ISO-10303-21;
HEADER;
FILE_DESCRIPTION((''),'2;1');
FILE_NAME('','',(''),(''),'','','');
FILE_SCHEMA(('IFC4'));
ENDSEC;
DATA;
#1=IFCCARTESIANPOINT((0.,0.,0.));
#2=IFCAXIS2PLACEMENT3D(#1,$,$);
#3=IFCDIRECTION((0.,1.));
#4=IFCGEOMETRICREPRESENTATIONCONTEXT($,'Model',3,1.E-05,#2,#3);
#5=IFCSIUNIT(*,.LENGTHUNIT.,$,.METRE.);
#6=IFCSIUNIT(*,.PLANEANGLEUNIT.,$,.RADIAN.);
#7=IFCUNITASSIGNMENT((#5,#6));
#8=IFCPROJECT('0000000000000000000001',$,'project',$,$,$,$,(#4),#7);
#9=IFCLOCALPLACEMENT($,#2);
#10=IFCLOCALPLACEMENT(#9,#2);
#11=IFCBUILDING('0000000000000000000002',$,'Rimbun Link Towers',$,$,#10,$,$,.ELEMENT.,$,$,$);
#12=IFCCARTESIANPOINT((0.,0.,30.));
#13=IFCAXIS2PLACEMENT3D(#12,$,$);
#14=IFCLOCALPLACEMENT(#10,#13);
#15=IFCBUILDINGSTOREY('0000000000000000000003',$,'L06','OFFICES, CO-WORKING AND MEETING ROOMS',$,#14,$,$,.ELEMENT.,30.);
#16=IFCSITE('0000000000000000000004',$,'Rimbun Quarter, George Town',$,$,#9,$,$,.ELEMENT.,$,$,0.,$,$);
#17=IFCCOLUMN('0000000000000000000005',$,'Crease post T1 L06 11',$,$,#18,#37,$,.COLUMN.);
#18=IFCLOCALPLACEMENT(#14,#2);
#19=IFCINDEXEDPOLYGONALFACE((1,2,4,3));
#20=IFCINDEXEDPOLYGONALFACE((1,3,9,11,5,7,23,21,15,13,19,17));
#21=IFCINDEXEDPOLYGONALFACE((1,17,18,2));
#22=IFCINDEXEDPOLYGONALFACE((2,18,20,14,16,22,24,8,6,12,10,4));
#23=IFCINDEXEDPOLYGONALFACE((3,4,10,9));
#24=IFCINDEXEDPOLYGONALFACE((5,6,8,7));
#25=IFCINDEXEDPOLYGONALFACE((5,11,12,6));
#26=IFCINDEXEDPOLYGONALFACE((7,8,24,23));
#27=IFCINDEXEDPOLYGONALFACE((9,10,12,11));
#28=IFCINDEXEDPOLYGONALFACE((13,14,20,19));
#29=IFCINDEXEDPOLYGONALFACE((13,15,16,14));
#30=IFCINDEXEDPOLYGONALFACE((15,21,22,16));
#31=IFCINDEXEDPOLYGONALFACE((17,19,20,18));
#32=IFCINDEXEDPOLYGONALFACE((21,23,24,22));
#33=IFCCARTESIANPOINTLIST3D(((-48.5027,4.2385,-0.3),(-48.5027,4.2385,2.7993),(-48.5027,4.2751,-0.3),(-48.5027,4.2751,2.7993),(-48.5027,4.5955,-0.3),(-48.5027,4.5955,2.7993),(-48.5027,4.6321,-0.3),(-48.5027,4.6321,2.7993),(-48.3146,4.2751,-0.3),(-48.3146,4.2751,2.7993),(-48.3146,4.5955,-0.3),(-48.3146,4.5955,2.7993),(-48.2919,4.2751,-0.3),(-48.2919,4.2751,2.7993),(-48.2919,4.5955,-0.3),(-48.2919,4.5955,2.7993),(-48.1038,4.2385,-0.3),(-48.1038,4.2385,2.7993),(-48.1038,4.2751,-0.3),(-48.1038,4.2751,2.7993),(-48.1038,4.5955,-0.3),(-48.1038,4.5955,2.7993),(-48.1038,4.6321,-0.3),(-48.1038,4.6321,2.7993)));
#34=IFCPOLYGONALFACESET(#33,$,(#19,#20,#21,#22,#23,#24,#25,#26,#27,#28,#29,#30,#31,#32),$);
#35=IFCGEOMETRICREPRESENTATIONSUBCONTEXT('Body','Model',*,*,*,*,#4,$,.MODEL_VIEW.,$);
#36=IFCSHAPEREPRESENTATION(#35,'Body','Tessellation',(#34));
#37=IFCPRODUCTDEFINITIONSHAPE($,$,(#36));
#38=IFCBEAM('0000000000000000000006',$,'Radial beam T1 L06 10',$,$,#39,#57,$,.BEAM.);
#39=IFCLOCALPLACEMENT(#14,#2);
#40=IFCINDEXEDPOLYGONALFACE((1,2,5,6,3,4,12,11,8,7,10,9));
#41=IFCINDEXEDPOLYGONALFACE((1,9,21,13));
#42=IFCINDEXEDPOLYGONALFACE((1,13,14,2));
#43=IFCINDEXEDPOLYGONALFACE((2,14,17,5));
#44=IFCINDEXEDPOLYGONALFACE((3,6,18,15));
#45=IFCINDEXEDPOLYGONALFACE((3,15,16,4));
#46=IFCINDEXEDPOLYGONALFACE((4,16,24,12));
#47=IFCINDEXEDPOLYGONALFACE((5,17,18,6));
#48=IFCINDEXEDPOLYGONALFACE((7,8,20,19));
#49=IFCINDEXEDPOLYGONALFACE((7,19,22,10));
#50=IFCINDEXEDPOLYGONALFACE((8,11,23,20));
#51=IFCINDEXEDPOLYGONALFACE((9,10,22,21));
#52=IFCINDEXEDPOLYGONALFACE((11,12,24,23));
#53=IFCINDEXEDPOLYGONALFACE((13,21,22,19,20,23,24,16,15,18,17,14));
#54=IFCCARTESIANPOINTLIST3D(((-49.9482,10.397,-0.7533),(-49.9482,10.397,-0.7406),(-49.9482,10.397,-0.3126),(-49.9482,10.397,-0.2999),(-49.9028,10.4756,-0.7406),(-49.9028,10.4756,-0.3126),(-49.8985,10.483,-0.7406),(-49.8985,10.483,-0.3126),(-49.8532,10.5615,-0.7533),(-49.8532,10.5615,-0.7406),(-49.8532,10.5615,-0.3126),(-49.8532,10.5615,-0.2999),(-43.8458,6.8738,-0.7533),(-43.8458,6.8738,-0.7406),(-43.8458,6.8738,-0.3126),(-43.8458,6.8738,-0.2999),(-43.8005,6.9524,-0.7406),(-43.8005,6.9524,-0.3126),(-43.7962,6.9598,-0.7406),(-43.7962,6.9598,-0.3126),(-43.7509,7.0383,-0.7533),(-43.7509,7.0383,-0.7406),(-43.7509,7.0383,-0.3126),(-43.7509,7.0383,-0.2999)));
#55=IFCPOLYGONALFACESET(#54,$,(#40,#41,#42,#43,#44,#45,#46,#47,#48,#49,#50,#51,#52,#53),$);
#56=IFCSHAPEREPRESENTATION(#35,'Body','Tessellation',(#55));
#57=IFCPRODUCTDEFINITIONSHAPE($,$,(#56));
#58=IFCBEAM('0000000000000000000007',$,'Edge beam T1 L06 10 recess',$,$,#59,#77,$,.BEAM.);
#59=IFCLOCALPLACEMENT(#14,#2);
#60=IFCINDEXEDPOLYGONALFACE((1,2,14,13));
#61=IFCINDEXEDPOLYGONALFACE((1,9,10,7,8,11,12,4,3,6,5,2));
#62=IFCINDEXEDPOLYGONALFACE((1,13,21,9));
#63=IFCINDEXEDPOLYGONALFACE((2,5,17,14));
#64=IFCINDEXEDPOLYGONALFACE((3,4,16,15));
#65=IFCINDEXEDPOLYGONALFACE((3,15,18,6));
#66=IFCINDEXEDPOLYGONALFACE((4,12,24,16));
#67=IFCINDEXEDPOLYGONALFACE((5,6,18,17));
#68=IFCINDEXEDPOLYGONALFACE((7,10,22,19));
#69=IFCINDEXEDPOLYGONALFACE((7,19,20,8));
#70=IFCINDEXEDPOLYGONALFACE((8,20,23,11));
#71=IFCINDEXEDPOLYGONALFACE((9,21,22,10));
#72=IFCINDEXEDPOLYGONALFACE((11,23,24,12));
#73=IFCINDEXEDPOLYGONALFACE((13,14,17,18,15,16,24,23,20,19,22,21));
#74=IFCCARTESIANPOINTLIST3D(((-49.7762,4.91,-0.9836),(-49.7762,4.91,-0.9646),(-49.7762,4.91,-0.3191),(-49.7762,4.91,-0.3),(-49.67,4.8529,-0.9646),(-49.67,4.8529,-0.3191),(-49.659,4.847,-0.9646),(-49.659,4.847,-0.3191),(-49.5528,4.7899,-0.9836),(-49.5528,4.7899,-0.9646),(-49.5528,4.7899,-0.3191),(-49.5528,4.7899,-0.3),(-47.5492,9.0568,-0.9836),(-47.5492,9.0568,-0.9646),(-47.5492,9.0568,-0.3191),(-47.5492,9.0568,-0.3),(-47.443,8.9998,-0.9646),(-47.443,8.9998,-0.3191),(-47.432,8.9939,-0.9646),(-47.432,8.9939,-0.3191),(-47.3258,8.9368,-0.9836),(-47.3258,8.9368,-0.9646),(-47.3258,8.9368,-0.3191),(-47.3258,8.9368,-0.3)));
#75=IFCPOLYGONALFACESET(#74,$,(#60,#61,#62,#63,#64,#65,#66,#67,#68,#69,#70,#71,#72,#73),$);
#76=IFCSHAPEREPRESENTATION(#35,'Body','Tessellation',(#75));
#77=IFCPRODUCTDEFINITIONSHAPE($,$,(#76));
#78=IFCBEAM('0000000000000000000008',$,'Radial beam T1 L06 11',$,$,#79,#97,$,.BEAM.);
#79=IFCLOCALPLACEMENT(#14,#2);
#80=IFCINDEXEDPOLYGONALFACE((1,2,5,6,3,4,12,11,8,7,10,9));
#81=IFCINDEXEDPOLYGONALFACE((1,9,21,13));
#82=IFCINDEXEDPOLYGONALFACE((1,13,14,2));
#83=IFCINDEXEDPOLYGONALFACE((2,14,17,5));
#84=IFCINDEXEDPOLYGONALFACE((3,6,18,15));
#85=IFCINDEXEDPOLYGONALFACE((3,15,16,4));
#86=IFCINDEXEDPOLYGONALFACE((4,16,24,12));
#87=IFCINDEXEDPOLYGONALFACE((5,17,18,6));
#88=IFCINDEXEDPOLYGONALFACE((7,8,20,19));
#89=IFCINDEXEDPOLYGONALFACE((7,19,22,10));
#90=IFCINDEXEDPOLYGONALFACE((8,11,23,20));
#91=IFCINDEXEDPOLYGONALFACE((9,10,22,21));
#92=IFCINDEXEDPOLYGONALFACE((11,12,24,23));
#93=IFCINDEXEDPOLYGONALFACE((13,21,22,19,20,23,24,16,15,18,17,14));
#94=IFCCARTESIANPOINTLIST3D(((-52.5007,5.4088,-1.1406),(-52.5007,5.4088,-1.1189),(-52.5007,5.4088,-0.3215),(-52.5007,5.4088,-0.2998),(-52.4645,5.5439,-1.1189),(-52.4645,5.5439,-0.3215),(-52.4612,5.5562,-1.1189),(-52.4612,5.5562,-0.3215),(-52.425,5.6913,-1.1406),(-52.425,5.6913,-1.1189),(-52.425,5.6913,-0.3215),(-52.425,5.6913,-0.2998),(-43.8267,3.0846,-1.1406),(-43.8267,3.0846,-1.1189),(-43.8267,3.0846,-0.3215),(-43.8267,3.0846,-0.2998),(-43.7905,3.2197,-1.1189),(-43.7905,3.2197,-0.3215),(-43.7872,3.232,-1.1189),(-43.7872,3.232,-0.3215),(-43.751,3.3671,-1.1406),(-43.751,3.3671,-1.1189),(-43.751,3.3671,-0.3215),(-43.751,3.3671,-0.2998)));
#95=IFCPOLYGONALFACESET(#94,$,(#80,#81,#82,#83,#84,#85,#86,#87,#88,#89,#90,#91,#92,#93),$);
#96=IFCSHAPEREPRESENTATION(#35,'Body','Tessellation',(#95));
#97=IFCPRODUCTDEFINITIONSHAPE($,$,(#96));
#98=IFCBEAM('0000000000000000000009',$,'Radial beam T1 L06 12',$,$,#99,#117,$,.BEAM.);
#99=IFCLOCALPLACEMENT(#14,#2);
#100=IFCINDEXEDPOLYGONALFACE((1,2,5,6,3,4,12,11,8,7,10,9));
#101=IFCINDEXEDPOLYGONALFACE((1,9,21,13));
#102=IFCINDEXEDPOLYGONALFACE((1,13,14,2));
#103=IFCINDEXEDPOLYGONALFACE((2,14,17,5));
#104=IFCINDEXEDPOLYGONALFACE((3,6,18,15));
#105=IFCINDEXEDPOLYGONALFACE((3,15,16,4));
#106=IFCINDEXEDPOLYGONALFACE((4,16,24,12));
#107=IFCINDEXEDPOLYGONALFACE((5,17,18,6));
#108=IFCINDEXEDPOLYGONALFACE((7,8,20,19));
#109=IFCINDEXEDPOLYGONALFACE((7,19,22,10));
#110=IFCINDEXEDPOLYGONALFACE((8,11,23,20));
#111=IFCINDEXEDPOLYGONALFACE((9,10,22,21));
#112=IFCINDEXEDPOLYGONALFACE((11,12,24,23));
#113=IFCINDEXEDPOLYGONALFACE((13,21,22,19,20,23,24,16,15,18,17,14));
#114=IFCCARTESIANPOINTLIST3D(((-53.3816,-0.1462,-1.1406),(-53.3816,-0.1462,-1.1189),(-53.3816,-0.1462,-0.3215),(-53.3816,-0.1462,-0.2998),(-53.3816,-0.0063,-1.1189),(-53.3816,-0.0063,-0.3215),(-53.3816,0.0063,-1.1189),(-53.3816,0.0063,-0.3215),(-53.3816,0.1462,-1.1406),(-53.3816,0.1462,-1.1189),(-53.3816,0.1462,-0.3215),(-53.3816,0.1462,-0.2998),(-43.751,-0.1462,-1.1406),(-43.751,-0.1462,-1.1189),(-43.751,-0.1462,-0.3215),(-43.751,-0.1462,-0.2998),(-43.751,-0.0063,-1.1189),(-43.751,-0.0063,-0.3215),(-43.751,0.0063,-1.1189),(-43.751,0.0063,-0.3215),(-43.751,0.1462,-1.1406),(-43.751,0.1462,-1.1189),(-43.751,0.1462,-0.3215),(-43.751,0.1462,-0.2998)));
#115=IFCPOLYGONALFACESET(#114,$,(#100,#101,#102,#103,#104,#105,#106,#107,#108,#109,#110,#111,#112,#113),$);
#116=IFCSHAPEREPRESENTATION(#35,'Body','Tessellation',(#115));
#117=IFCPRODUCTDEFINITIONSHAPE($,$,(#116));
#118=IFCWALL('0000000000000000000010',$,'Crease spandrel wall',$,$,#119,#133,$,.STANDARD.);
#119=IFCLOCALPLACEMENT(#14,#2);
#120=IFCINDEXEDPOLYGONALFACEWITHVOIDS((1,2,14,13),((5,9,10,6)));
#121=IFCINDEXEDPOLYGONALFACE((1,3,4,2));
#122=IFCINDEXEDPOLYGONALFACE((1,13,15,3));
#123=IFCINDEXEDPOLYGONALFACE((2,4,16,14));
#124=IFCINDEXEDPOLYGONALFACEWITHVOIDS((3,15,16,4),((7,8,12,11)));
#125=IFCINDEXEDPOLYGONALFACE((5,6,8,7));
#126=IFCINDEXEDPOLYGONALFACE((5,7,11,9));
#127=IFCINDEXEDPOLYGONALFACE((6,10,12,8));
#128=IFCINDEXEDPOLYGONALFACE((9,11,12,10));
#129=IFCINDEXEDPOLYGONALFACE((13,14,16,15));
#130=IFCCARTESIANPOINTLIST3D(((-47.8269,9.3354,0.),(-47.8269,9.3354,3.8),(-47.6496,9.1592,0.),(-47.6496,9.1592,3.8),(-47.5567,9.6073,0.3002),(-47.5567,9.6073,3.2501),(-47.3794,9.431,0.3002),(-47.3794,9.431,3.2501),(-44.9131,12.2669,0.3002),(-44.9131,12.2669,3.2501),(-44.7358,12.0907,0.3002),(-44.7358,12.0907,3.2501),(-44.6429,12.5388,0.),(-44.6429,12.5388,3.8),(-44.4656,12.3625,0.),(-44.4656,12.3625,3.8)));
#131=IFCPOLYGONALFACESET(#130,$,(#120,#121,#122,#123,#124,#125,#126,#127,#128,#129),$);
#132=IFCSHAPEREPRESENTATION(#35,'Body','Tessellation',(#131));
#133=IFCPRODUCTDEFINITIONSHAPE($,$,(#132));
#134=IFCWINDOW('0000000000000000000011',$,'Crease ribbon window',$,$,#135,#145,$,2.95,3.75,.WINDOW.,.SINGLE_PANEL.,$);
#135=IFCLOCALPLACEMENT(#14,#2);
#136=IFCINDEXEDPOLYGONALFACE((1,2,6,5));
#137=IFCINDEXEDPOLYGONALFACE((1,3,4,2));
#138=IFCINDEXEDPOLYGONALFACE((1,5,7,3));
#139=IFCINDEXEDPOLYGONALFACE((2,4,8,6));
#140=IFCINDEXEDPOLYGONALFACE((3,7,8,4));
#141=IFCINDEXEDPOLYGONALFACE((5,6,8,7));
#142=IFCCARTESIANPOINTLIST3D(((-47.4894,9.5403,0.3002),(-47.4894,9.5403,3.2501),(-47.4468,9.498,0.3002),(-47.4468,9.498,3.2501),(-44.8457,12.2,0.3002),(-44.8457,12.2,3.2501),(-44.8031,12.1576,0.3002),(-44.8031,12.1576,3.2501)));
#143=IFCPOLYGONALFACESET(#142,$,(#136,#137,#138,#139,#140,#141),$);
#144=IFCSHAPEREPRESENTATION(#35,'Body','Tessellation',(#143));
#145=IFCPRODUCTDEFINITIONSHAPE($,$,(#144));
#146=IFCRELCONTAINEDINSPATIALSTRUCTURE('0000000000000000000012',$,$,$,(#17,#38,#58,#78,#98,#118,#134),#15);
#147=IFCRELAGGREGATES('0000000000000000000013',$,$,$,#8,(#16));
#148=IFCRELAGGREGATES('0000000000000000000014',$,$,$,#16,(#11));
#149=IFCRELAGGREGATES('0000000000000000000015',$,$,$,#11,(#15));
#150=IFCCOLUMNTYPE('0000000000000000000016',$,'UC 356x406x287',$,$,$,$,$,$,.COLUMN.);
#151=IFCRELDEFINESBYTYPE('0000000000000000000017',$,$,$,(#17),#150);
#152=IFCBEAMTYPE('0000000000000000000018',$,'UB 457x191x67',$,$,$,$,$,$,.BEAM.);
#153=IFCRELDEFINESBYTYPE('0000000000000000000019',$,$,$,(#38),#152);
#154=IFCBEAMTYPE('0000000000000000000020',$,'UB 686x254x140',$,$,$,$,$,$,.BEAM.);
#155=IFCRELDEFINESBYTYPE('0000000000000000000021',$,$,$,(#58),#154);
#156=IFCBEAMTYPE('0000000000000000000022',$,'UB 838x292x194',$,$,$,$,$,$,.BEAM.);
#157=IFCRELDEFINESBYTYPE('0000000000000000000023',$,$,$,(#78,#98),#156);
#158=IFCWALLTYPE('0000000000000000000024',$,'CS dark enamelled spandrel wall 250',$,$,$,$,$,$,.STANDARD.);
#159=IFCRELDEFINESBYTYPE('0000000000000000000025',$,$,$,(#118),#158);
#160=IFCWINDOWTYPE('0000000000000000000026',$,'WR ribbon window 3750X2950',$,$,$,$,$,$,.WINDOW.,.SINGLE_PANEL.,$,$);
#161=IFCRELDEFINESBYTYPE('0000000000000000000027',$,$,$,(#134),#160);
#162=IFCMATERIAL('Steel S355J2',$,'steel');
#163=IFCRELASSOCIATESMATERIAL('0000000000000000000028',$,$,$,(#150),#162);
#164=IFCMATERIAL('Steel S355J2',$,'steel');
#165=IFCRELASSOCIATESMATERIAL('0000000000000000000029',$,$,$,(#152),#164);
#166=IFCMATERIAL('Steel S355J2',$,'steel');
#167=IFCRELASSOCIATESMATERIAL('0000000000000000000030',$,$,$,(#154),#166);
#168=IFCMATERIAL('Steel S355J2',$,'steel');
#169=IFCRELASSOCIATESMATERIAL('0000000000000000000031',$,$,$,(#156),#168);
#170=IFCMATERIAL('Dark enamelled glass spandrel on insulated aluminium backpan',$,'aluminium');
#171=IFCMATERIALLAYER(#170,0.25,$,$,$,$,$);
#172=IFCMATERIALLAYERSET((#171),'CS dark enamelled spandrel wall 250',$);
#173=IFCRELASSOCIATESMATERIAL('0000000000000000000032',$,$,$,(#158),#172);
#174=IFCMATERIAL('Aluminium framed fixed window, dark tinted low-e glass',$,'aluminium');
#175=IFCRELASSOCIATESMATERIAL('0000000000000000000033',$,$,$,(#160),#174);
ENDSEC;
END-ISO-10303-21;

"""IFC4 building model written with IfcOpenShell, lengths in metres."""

from ifc_helpers import new_model, si_unit, direction, frame, frame_2d, origin, origin_2d, place, context, subcontext, project, spatial, rectangle, i_section, extrude, material, layer, layer_set, material_profile, profile_set, type_object, element, fill, save


model = new_model("IFC4")

# Units and contexts
model_context = context("Model", 3, precision=1e-05, world=origin(), true_north=direction((0.0, 1.0)))
body_context = subcontext(model_context, "Body", "Model", "MODEL_VIEW")
ifc_project = project(units=[si_unit("LENGTHUNIT", "METRE"), si_unit("PLANEANGLEUNIT", "RADIAN")], contexts=[model_context])

# Site, building, storey
site_placement = place(None, origin())
site = spatial("IfcSite", under=ifc_project, at=site_placement, Name="Rimbun Quarter, George Town", CompositionType="ELEMENT", RefElevation=0.0)
building_placement = place(site_placement, origin())
building = spatial("IfcBuilding", under=site, at=building_placement, Name="Rimbun Link Towers", CompositionType="ELEMENT")
storey_placement = place(building_placement, frame((0.0, 0.0, 30.0)))
storey = spatial("IfcBuildingStorey", under=building, at=storey_placement, Name="L06", Description="OFFICES, CO-WORKING AND MEETING ROOMS", CompositionType="ELEMENT", Elevation=30.0)

# Column
ifc_material_1 = material(Name="Steel S355J2", Category="steel")
ifc_material_profile_1 = material_profile(ifc_material_1, i_section(OverallWidth=0.3989, OverallDepth=0.3936, WebThickness=0.0227, FlangeThickness=0.0366, at=origin_2d()), Name="UC 356x406x287")
ifc_profile_set_1 = profile_set([ifc_material_profile_1], Name="Steel S355J2")
column_type = type_object("IfcColumnType", Name="UC 356x406x287", PredefinedType="COLUMN", material=ifc_profile_set_1)
column_placement = place(storey_placement, frame((-48.3032, 4.4353, -0.3), z_axis=(0.0, 0.0, 1.0), x_axis=(1.0, 0.0, 0.0)))
element("IfcColumn", 1, at=column_placement, inside=storey, type_object=column_type, Name="Crease post T1 L06 11", PredefinedType="COLUMN", context=body_context, shape_type="SweptSolid", body=[
    extrude(i_section(OverallWidth=0.3989, OverallDepth=0.3936, WebThickness=0.0227, FlangeThickness=0.0366, at=origin_2d()), origin(), (0.0, 0.0, 1.0), 3.0994),
])

# Beams
ifc_material_2 = material(Name="Steel S355J2", Category="steel")
ifc_material_profile_2 = material_profile(ifc_material_2, i_section(OverallWidth=0.1899, OverallDepth=0.4534, WebThickness=0.0085, FlangeThickness=0.0127, at=origin_2d()), Name="UB 457x191x67")
ifc_profile_set_2 = profile_set([ifc_material_profile_2], Name="Steel S355J2")
beam_type_1 = type_object("IfcBeamType", Name="UB 457x191x67", PredefinedType="BEAM", material=ifc_profile_set_2)
beam_1_placement = place(storey_placement, frame((-43.7983, 6.9561, -0.5266), z_axis=(-0.866023, 0.500003, 0.0), x_axis=(-0.500003, -0.866023, 0.0)))
element("IfcBeam", 2, at=beam_1_placement, inside=storey, type_object=beam_type_1, Name="Radial beam T1 L06 10", PredefinedType="BEAM", context=body_context, shape_type="SweptSolid", body=[
    extrude(i_section(OverallWidth=0.1899, OverallDepth=0.4534, WebThickness=0.0085, FlangeThickness=0.0127, at=origin_2d()), origin(), (0.0, 0.0, 1.0), 7.0464),
])
ifc_material_3 = material(Name="Steel S355J2", Category="steel")
ifc_material_profile_3 = material_profile(ifc_material_3, i_section(OverallWidth=0.2537, OverallDepth=0.6836, WebThickness=0.0125, FlangeThickness=0.019, at=origin_2d()), Name="UB 686x254x140")
ifc_profile_set_3 = profile_set([ifc_material_profile_3], Name="Steel S355J2")
beam_type_2 = type_object("IfcBeamType", Name="UB 686x254x140", PredefinedType="BEAM", material=ifc_profile_set_3)
beam_2_placement = place(storey_placement, frame((-47.4375, 8.9968, -0.6418), z_axis=(-0.473122, -0.880997, 0.0), x_axis=(0.880997, -0.473122, 0.0)))
element("IfcBeam", 3, at=beam_2_placement, inside=storey, type_object=beam_type_2, Name="Edge beam T1 L06 10 recess", PredefinedType="BEAM", context=body_context, shape_type="SweptSolid", body=[
    extrude(i_section(OverallWidth=0.2537, OverallDepth=0.6836, WebThickness=0.0125, FlangeThickness=0.019, at=origin_2d()), origin(), (0.0, 0.0, 1.0), 4.707),
])
ifc_material_4 = material(Name="Steel S355J2", Category="steel")
ifc_material_profile_4 = material_profile(ifc_material_4, i_section(OverallWidth=0.2925, OverallDepth=0.8408, WebThickness=0.0127, FlangeThickness=0.0217, at=origin_2d()), Name="UB 838x292x194")
ifc_profile_set_4 = profile_set([ifc_material_profile_4], Name="Steel S355J2")
beam_type_3 = type_object("IfcBeamType", Name="UB 838x292x194", PredefinedType="BEAM", material=ifc_profile_set_4)
beam_3_placement = place(storey_placement, frame((-43.7888, 3.2258, -0.7202), z_axis=(-0.965926, 0.25882, 0.0), x_axis=(-0.25882, -0.965926, 0.0)))
element("IfcBeam", 4, at=beam_3_placement, inside=storey, type_object=beam_type_3, Name="Radial beam T1 L06 11", PredefinedType="BEAM", context=body_context, shape_type="SweptSolid", body=[
    extrude(i_section(OverallWidth=0.2925, OverallDepth=0.8408, WebThickness=0.0127, FlangeThickness=0.0217, at=origin_2d()), origin(), (0.0, 0.0, 1.0), 8.98),
])
beam_4_placement = place(storey_placement, frame((-43.751, 0.0, -0.7202), z_axis=(-1.0, 0.0, 0.0), x_axis=(0.0, -1.0, 0.0)))
element("IfcBeam", 5, at=beam_4_placement, inside=storey, type_object=beam_type_3, Name="Radial beam T1 L06 12", PredefinedType="BEAM", context=body_context, shape_type="SweptSolid", body=[
    extrude(i_section(OverallWidth=0.2925, OverallDepth=0.8408, WebThickness=0.0127, FlangeThickness=0.0217, at=origin_2d()), origin(), (0.0, 0.0, 1.0), 9.6306),
])

# Wall, opening, window
ifc_material_5 = material(Name="Dark enamelled glass spandrel on insulated aluminium backpan", Category="aluminium")
ifc_layer_1 = layer(ifc_material_5, 0.25)
ifc_layer_set_1 = layer_set([ifc_layer_1], Name="CS dark enamelled spandrel wall 250")
wall_type_1 = type_object("IfcWallType", Name="CS dark enamelled spandrel wall 250", PredefinedType="STANDARD", material=ifc_layer_set_1)
wall_1_placement = place(storey_placement, frame((-47.7383, 9.2473, 0.0), z_axis=(0.0, 0.0, 1.0), x_axis=(0.704968, 0.709239, 0.0)))
wall_1 = element("IfcWall", 6, at=wall_1_placement, inside=storey, type_object=wall_type_1, Name="Crease spandrel wall", PredefinedType="STANDARD", context=body_context, shape_type="SweptSolid", body=[
    extrude(rectangle(XDim=4.5166, YDim=0.25, at=frame_2d((2.2583, 0.0))), origin(), (0.0, 0.0, 1.0), 3.8),
])
opening_1_placement = place(wall_1_placement, frame((0.3833, 0.0, 0.3)))
opening_1 = element("IfcOpeningElement", 7, at=opening_1_placement, cuts=wall_1, PredefinedType="OPENING", context=body_context, shape_type="SweptSolid", body=[
    extrude(rectangle(XDim=3.75, YDim=2.95, at=frame_2d((1.875, 1.4751))), frame((0.0, 0.135, 0.0), z_axis=(0.0, -1.0, 0.0), x_axis=(1.0, 0.0, 0.0)), (0.0, 0.0, 1.0), 0.27),
])
ifc_material_6 = material(Name="Aluminium framed fixed window, dark tinted low-e glass", Category="aluminium")
window_type = type_object("IfcWindowType", Name="WR ribbon window 3750X2950", PartitioningType="SINGLE_PANEL", PredefinedType="WINDOW", material=ifc_material_6)
window_placement = place(opening_1_placement, origin())
window = element("IfcWindow", 8, at=window_placement, inside=storey, type_object=window_type, Name="Crease ribbon window", OverallHeight=2.95, OverallWidth=3.75, PartitioningType="SINGLE_PANEL", PredefinedType="WINDOW", context=body_context, shape_type="SweptSolid", body=[
    extrude(rectangle(XDim=3.75, YDim=2.95, at=frame_2d((1.875, 1.4751))), frame((0.0, 0.03, 0.0), z_axis=(0.0, -1.0, 0.0), x_axis=(1.0, 0.0, 0.0)), (0.0, 0.0, 1.0), 0.0601),
])
fill(opening_1, window)

save(model, "model.ifc")
